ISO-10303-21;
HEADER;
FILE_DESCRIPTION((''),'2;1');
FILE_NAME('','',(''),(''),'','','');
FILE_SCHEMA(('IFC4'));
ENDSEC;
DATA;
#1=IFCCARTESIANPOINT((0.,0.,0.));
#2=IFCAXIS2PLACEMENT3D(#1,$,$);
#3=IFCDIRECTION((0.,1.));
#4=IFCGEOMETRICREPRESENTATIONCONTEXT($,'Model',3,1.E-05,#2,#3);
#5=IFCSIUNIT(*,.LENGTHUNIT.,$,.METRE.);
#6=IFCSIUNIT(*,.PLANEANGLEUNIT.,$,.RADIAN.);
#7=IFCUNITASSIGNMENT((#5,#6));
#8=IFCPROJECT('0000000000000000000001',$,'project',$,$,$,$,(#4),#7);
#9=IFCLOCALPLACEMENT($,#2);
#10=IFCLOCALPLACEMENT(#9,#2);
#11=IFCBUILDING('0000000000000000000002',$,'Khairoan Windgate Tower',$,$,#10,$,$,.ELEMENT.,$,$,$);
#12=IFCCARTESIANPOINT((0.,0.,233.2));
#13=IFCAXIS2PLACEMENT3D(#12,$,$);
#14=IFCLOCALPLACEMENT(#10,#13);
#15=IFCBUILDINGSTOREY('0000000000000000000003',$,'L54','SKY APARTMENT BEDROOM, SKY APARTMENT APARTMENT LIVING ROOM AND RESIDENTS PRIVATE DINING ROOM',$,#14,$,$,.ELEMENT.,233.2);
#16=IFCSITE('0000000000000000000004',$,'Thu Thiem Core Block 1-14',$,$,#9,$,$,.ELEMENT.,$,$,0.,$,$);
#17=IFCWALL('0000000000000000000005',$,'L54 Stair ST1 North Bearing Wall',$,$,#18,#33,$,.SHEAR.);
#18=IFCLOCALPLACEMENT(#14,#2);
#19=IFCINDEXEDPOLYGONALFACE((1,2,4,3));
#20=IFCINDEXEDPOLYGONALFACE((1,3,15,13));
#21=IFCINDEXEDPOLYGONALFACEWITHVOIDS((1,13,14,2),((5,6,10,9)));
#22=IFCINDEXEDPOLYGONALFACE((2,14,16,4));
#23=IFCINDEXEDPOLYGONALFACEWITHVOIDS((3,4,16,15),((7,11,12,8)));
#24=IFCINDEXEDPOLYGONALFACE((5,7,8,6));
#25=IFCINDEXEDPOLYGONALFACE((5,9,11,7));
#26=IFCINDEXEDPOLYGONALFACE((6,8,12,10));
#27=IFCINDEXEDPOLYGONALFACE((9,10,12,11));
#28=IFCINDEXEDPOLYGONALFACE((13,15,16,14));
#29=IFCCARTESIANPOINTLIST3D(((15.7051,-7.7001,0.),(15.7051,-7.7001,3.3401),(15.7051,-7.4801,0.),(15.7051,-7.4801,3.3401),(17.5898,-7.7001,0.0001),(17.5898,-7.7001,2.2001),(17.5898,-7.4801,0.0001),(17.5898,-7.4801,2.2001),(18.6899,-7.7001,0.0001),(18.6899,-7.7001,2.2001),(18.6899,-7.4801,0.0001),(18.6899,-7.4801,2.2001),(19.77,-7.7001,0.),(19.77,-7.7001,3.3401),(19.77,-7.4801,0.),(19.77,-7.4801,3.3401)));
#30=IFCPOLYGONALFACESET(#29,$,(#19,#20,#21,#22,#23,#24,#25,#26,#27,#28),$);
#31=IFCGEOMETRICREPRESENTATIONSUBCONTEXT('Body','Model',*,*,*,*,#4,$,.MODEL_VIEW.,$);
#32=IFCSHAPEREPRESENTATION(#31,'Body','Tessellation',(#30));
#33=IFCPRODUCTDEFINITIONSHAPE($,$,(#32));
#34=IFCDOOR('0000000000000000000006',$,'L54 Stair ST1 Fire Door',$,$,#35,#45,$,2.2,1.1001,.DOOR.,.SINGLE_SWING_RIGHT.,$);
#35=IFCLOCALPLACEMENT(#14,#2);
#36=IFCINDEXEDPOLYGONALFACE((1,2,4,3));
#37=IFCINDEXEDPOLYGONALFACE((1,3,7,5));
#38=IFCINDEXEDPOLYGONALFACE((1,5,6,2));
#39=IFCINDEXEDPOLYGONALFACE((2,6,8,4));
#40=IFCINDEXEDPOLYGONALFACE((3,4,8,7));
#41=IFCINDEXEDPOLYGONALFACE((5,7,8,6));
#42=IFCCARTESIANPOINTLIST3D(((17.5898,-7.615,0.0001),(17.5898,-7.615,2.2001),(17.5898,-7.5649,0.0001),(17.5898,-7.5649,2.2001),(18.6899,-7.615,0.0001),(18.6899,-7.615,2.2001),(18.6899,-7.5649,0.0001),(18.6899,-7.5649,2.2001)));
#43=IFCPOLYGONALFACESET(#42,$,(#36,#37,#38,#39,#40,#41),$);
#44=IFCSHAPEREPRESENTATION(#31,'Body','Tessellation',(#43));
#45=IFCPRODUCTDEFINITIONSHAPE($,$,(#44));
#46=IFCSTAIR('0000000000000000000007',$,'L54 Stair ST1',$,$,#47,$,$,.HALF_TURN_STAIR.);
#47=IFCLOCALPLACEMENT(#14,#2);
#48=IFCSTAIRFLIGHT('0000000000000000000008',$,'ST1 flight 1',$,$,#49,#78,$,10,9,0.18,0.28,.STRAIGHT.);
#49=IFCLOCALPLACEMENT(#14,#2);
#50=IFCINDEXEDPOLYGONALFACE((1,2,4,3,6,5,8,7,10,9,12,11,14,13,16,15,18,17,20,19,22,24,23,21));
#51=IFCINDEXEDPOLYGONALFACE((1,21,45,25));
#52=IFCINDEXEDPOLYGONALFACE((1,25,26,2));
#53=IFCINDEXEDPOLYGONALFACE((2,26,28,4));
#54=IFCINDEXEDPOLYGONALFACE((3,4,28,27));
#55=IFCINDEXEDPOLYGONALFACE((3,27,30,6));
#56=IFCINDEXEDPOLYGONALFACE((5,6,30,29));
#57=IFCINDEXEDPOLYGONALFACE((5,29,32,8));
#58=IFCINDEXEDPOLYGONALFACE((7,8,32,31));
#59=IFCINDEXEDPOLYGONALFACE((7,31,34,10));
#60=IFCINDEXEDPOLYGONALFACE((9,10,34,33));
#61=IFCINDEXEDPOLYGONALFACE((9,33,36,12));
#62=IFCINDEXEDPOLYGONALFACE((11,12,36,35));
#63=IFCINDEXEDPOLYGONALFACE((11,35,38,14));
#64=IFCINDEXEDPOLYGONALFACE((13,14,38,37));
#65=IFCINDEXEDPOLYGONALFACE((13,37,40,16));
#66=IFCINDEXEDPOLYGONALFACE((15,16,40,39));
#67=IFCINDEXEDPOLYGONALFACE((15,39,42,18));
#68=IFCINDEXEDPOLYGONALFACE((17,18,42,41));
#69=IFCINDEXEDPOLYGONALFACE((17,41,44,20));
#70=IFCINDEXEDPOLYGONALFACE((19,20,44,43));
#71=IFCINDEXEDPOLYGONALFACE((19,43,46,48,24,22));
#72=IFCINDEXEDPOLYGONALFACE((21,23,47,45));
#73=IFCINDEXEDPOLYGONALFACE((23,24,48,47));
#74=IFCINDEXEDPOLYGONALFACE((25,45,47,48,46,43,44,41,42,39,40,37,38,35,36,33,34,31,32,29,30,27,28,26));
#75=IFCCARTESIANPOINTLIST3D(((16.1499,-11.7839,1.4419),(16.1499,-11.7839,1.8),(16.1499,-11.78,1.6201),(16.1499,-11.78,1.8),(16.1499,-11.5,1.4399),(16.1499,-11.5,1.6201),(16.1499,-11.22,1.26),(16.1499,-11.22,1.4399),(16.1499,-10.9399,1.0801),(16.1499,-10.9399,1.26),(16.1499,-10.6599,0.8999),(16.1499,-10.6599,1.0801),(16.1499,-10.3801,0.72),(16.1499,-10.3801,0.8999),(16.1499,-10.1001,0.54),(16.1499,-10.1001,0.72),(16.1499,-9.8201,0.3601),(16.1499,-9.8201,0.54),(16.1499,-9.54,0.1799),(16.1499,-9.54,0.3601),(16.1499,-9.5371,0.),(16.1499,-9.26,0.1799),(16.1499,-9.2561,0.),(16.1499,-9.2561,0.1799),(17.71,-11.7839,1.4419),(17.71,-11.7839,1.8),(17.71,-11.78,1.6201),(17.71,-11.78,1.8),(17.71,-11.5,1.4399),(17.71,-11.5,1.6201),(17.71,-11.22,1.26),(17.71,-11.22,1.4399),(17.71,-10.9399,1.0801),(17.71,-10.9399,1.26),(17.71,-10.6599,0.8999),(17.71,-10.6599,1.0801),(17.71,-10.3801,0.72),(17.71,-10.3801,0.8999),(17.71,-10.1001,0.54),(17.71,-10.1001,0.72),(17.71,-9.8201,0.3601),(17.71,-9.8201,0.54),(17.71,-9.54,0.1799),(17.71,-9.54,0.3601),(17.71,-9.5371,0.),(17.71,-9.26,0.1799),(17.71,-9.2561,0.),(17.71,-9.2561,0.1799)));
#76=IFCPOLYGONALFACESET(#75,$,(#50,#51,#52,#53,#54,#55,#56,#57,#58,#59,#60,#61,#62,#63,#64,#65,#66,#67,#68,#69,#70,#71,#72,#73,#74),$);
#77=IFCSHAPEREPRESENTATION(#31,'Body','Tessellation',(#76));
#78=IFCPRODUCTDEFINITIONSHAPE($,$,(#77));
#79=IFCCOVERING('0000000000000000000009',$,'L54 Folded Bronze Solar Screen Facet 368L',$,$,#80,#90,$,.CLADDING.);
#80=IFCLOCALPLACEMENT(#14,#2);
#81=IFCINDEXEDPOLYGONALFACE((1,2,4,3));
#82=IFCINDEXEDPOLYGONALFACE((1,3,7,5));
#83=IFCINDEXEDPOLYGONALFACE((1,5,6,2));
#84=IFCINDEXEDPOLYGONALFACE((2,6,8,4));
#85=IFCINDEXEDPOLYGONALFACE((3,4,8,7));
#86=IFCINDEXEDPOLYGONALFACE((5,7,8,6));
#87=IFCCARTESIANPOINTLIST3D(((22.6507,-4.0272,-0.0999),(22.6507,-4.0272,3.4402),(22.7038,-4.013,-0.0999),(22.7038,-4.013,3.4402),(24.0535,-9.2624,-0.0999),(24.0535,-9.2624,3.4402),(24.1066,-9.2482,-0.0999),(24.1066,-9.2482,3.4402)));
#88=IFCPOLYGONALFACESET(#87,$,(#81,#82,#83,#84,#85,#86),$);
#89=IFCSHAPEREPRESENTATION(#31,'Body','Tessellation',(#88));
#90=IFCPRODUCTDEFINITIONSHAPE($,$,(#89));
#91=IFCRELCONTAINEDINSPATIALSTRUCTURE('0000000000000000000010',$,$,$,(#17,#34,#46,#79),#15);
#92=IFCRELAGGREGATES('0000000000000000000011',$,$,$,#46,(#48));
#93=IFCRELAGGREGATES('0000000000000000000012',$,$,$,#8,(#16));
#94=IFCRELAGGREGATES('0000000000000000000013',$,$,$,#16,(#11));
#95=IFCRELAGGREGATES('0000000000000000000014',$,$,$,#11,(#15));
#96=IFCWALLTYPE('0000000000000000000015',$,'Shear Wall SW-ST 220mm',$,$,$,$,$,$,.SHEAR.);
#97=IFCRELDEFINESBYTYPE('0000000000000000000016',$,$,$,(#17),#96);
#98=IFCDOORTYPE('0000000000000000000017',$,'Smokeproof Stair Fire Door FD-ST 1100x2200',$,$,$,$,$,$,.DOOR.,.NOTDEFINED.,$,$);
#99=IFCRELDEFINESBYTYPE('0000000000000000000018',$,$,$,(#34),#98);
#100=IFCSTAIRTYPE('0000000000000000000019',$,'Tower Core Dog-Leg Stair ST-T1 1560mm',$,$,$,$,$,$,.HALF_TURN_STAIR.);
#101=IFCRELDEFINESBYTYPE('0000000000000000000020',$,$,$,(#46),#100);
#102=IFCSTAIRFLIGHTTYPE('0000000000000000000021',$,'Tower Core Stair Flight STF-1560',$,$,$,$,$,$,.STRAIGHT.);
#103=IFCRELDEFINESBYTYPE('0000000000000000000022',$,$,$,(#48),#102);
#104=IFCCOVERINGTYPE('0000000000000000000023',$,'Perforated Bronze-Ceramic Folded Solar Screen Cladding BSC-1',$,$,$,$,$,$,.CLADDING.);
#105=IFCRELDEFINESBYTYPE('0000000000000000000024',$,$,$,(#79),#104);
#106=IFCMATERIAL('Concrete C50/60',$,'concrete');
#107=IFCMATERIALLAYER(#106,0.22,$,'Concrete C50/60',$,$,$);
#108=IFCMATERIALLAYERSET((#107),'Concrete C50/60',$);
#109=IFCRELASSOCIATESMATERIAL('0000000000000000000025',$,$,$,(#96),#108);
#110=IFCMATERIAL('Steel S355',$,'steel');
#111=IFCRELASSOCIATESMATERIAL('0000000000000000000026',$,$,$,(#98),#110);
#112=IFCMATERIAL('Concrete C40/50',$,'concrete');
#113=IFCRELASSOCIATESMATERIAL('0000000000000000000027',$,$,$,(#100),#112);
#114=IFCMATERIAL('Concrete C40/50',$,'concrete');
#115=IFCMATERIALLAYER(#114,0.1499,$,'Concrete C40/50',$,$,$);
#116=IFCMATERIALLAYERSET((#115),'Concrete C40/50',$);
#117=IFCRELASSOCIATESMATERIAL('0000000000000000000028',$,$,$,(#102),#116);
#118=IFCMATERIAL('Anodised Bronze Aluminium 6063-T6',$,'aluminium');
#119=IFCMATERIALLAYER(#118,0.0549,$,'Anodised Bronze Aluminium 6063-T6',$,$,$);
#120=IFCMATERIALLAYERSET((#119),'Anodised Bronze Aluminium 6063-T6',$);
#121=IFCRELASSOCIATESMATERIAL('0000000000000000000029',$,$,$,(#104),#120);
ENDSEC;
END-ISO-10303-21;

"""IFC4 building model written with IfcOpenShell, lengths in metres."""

from ifc_helpers import new_model, si_unit, direction, frame, frame_2d, origin, origin_2d, place, context, subcontext, project, spatial, polyline, rectangle, outline, extrude, material, layer, layer_set, type_object, element, fill, aggregate, save


model = new_model("IFC4")

# Units and contexts
model_context = context("Model", 3, precision=1e-05, world=origin(), true_north=direction((0.0, 1.0)))
body_context = subcontext(model_context, "Body", "Model", "MODEL_VIEW")
ifc_project = project(units=[si_unit("LENGTHUNIT", "METRE"), si_unit("PLANEANGLEUNIT", "RADIAN")], contexts=[model_context])

# Site, building, storey
site_placement = place(None, origin())
site = spatial("IfcSite", under=ifc_project, at=site_placement, Name="Thu Thiem Core Block 1-14", CompositionType="ELEMENT", RefElevation=0.0)
building_placement = place(site_placement, origin())
building = spatial("IfcBuilding", under=site, at=building_placement, Name="Khairoan Windgate Tower", CompositionType="ELEMENT")
storey_placement = place(building_placement, frame((0.0, 0.0, 233.2)))
storey = spatial("IfcBuildingStorey", under=building, at=storey_placement, Name="L54", Description="SKY APARTMENT BEDROOM, SKY APARTMENT APARTMENT LIVING ROOM AND RESIDENTS PRIVATE DINING ROOM", CompositionType="ELEMENT", Elevation=233.2)

# Wall, opening, door
ifc_material_1 = material(Name="Concrete C50/60", Category="concrete")
ifc_layer_1 = layer(ifc_material_1, 0.22, Name="Concrete C50/60")
ifc_layer_set_1 = layer_set([ifc_layer_1], Name="Concrete C50/60")
wall_type_1 = type_object("IfcWallType", Name="Shear Wall SW-ST 220mm", PredefinedType="SHEAR", material=ifc_layer_set_1)
wall_1_placement = place(storey_placement, frame((19.77, -7.5901, 0.0), z_axis=(0.0, 0.0, 1.0), x_axis=(-1.0, 0.0, 0.0)))
wall_1 = element("IfcWall", 1, at=wall_1_placement, inside=storey, type_object=wall_type_1, Name="L54 Stair ST1 North Bearing Wall", PredefinedType="SHEAR", context=body_context, shape_type="SweptSolid", body=[
    extrude(rectangle(XDim=4.0649, YDim=0.22, at=frame_2d((2.0325, 0.0))), origin(), (0.0, 0.0, 1.0), 3.3401),
])
opening_1_placement = place(wall_1_placement, frame((1.0801, 0.0, 0.0)))
opening_1 = element("IfcOpeningElement", 2, at=opening_1_placement, cuts=wall_1, PredefinedType="OPENING", context=body_context, shape_type="SweptSolid", body=[
    extrude(rectangle(XDim=1.1001, YDim=2.2, at=frame_2d((0.55, 1.1001))), frame((0.0, 0.1199, 0.0), z_axis=(0.0, -1.0, 0.0), x_axis=(1.0, 0.0, 0.0)), (0.0, 0.0, 1.0), 0.24),
])
ifc_material_2 = material(Name="Steel S355", Category="steel")
door_type_1 = type_object("IfcDoorType", Name="Smokeproof Stair Fire Door FD-ST 1100x2200", OperationType="NOTDEFINED", PredefinedType="DOOR", material=ifc_material_2)
door_1_placement = place(opening_1_placement, origin())
door_1 = element("IfcDoor", 3, at=door_1_placement, inside=storey, type_object=door_type_1, Name="L54 Stair ST1 Fire Door", OperationType="SINGLE_SWING_RIGHT", OverallHeight=2.2, OverallWidth=1.1001, PredefinedType="DOOR", context=body_context, shape_type="SweptSolid", body=[
    extrude(rectangle(XDim=1.1001, YDim=2.2, at=frame_2d((0.55, 1.1001))), frame((0.0, 0.0249, 0.0), z_axis=(0.0, -1.0, 0.0), x_axis=(1.0, 0.0, 0.0)), (0.0, 0.0, 1.0), 0.05),
])
fill(opening_1, door_1)

# Stair, stair flight
ifc_material_3 = material(Name="Concrete C40/50", Category="concrete")
stair_type = type_object("IfcStairType", Name="Tower Core Dog-Leg Stair ST-T1 1560mm", PredefinedType="HALF_TURN_STAIR", material=ifc_material_3)
stair_placement = place(storey_placement, origin())
stair = element("IfcStair", 4, at=stair_placement, inside=storey, type_object=stair_type, Name="L54 Stair ST1", PredefinedType="HALF_TURN_STAIR")
ifc_material_4 = material(Name="Concrete C40/50", Category="concrete")
ifc_layer_2 = layer(ifc_material_4, 0.1499, Name="Concrete C40/50")
ifc_layer_set_2 = layer_set([ifc_layer_2], Name="Concrete C40/50")
stair_flight_type = type_object("IfcStairFlightType", Name="Tower Core Stair Flight STF-1560", PredefinedType="STRAIGHT", material=ifc_layer_set_2)
stair_flight_placement = place(storey_placement, frame((16.9299, -9.26, 0.0), z_axis=(0.0, 0.0, 1.0), x_axis=(0.0, -1.0, 0.0)))
stair_flight = element("IfcStairFlight", 5, at=stair_flight_placement, type_object=stair_flight_type, Name="ST1 flight 1", NumberOfRisers=10, NumberOfTreads=9, PredefinedType="STRAIGHT", RiserHeight=0.18, TreadLength=0.28, context=body_context, shape_type="SweptSolid", body=[
    extrude(outline(polyline([(-0.0039, 0.0), (-0.0039, 0.1799), (0.0, 0.1799), (0.28, 0.1799), (0.28, 0.3601), (0.5601, 0.3601), (0.5601, 0.54), (0.8401, 0.54), (0.8401, 0.72), (1.1201, 0.72), (1.1201, 0.8999), (1.3999, 0.8999), (1.3999, 1.0801), (1.6799, 1.0801), (1.6799, 1.26), (1.96, 1.26), (1.96, 1.4399), (2.24, 1.4399), (2.24, 1.6201), (2.52, 1.6201), (2.52, 1.8), (2.5239, 1.8), (2.5239, 1.4419), (0.2771, 0.0), (-0.0039, 0.0)])), frame((0.0, 0.78, 0.0), z_axis=(0.0, -1.0, 0.0), x_axis=(1.0, 0.0, 0.0)), (0.0, 0.0, 1.0), 1.5601),
])
aggregate(stair, [stair_flight])

# Covering
ifc_material_5 = material(Name="Anodised Bronze Aluminium 6063-T6", Category="aluminium")
ifc_layer_3 = layer(ifc_material_5, 0.0549, Name="Anodised Bronze Aluminium 6063-T6")
ifc_layer_set_3 = layer_set([ifc_layer_3], Name="Anodised Bronze Aluminium 6063-T6")
covering_type = type_object("IfcCoveringType", Name="Perforated Bronze-Ceramic Folded Solar Screen Cladding BSC-1", PredefinedType="CLADDING", material=ifc_layer_set_3)
covering_placement = place(storey_placement, frame((23.3787, -6.6377, -0.0999), z_axis=(0.0, 0.0, 1.0), x_axis=(0.258819, -0.965926, 0.0)))
element("IfcCovering", 6, at=covering_placement, inside=storey, type_object=covering_type, Name="L54 Folded Bronze Solar Screen Facet 368L", PredefinedType="CLADDING", context=body_context, shape_type="SweptSolid", body=[
    extrude(rectangle(XDim=5.4199, YDim=0.0549, at=origin_2d()), origin(), (0.0, 0.0, 1.0), 3.54),
])

save(model, "model.ifc")
